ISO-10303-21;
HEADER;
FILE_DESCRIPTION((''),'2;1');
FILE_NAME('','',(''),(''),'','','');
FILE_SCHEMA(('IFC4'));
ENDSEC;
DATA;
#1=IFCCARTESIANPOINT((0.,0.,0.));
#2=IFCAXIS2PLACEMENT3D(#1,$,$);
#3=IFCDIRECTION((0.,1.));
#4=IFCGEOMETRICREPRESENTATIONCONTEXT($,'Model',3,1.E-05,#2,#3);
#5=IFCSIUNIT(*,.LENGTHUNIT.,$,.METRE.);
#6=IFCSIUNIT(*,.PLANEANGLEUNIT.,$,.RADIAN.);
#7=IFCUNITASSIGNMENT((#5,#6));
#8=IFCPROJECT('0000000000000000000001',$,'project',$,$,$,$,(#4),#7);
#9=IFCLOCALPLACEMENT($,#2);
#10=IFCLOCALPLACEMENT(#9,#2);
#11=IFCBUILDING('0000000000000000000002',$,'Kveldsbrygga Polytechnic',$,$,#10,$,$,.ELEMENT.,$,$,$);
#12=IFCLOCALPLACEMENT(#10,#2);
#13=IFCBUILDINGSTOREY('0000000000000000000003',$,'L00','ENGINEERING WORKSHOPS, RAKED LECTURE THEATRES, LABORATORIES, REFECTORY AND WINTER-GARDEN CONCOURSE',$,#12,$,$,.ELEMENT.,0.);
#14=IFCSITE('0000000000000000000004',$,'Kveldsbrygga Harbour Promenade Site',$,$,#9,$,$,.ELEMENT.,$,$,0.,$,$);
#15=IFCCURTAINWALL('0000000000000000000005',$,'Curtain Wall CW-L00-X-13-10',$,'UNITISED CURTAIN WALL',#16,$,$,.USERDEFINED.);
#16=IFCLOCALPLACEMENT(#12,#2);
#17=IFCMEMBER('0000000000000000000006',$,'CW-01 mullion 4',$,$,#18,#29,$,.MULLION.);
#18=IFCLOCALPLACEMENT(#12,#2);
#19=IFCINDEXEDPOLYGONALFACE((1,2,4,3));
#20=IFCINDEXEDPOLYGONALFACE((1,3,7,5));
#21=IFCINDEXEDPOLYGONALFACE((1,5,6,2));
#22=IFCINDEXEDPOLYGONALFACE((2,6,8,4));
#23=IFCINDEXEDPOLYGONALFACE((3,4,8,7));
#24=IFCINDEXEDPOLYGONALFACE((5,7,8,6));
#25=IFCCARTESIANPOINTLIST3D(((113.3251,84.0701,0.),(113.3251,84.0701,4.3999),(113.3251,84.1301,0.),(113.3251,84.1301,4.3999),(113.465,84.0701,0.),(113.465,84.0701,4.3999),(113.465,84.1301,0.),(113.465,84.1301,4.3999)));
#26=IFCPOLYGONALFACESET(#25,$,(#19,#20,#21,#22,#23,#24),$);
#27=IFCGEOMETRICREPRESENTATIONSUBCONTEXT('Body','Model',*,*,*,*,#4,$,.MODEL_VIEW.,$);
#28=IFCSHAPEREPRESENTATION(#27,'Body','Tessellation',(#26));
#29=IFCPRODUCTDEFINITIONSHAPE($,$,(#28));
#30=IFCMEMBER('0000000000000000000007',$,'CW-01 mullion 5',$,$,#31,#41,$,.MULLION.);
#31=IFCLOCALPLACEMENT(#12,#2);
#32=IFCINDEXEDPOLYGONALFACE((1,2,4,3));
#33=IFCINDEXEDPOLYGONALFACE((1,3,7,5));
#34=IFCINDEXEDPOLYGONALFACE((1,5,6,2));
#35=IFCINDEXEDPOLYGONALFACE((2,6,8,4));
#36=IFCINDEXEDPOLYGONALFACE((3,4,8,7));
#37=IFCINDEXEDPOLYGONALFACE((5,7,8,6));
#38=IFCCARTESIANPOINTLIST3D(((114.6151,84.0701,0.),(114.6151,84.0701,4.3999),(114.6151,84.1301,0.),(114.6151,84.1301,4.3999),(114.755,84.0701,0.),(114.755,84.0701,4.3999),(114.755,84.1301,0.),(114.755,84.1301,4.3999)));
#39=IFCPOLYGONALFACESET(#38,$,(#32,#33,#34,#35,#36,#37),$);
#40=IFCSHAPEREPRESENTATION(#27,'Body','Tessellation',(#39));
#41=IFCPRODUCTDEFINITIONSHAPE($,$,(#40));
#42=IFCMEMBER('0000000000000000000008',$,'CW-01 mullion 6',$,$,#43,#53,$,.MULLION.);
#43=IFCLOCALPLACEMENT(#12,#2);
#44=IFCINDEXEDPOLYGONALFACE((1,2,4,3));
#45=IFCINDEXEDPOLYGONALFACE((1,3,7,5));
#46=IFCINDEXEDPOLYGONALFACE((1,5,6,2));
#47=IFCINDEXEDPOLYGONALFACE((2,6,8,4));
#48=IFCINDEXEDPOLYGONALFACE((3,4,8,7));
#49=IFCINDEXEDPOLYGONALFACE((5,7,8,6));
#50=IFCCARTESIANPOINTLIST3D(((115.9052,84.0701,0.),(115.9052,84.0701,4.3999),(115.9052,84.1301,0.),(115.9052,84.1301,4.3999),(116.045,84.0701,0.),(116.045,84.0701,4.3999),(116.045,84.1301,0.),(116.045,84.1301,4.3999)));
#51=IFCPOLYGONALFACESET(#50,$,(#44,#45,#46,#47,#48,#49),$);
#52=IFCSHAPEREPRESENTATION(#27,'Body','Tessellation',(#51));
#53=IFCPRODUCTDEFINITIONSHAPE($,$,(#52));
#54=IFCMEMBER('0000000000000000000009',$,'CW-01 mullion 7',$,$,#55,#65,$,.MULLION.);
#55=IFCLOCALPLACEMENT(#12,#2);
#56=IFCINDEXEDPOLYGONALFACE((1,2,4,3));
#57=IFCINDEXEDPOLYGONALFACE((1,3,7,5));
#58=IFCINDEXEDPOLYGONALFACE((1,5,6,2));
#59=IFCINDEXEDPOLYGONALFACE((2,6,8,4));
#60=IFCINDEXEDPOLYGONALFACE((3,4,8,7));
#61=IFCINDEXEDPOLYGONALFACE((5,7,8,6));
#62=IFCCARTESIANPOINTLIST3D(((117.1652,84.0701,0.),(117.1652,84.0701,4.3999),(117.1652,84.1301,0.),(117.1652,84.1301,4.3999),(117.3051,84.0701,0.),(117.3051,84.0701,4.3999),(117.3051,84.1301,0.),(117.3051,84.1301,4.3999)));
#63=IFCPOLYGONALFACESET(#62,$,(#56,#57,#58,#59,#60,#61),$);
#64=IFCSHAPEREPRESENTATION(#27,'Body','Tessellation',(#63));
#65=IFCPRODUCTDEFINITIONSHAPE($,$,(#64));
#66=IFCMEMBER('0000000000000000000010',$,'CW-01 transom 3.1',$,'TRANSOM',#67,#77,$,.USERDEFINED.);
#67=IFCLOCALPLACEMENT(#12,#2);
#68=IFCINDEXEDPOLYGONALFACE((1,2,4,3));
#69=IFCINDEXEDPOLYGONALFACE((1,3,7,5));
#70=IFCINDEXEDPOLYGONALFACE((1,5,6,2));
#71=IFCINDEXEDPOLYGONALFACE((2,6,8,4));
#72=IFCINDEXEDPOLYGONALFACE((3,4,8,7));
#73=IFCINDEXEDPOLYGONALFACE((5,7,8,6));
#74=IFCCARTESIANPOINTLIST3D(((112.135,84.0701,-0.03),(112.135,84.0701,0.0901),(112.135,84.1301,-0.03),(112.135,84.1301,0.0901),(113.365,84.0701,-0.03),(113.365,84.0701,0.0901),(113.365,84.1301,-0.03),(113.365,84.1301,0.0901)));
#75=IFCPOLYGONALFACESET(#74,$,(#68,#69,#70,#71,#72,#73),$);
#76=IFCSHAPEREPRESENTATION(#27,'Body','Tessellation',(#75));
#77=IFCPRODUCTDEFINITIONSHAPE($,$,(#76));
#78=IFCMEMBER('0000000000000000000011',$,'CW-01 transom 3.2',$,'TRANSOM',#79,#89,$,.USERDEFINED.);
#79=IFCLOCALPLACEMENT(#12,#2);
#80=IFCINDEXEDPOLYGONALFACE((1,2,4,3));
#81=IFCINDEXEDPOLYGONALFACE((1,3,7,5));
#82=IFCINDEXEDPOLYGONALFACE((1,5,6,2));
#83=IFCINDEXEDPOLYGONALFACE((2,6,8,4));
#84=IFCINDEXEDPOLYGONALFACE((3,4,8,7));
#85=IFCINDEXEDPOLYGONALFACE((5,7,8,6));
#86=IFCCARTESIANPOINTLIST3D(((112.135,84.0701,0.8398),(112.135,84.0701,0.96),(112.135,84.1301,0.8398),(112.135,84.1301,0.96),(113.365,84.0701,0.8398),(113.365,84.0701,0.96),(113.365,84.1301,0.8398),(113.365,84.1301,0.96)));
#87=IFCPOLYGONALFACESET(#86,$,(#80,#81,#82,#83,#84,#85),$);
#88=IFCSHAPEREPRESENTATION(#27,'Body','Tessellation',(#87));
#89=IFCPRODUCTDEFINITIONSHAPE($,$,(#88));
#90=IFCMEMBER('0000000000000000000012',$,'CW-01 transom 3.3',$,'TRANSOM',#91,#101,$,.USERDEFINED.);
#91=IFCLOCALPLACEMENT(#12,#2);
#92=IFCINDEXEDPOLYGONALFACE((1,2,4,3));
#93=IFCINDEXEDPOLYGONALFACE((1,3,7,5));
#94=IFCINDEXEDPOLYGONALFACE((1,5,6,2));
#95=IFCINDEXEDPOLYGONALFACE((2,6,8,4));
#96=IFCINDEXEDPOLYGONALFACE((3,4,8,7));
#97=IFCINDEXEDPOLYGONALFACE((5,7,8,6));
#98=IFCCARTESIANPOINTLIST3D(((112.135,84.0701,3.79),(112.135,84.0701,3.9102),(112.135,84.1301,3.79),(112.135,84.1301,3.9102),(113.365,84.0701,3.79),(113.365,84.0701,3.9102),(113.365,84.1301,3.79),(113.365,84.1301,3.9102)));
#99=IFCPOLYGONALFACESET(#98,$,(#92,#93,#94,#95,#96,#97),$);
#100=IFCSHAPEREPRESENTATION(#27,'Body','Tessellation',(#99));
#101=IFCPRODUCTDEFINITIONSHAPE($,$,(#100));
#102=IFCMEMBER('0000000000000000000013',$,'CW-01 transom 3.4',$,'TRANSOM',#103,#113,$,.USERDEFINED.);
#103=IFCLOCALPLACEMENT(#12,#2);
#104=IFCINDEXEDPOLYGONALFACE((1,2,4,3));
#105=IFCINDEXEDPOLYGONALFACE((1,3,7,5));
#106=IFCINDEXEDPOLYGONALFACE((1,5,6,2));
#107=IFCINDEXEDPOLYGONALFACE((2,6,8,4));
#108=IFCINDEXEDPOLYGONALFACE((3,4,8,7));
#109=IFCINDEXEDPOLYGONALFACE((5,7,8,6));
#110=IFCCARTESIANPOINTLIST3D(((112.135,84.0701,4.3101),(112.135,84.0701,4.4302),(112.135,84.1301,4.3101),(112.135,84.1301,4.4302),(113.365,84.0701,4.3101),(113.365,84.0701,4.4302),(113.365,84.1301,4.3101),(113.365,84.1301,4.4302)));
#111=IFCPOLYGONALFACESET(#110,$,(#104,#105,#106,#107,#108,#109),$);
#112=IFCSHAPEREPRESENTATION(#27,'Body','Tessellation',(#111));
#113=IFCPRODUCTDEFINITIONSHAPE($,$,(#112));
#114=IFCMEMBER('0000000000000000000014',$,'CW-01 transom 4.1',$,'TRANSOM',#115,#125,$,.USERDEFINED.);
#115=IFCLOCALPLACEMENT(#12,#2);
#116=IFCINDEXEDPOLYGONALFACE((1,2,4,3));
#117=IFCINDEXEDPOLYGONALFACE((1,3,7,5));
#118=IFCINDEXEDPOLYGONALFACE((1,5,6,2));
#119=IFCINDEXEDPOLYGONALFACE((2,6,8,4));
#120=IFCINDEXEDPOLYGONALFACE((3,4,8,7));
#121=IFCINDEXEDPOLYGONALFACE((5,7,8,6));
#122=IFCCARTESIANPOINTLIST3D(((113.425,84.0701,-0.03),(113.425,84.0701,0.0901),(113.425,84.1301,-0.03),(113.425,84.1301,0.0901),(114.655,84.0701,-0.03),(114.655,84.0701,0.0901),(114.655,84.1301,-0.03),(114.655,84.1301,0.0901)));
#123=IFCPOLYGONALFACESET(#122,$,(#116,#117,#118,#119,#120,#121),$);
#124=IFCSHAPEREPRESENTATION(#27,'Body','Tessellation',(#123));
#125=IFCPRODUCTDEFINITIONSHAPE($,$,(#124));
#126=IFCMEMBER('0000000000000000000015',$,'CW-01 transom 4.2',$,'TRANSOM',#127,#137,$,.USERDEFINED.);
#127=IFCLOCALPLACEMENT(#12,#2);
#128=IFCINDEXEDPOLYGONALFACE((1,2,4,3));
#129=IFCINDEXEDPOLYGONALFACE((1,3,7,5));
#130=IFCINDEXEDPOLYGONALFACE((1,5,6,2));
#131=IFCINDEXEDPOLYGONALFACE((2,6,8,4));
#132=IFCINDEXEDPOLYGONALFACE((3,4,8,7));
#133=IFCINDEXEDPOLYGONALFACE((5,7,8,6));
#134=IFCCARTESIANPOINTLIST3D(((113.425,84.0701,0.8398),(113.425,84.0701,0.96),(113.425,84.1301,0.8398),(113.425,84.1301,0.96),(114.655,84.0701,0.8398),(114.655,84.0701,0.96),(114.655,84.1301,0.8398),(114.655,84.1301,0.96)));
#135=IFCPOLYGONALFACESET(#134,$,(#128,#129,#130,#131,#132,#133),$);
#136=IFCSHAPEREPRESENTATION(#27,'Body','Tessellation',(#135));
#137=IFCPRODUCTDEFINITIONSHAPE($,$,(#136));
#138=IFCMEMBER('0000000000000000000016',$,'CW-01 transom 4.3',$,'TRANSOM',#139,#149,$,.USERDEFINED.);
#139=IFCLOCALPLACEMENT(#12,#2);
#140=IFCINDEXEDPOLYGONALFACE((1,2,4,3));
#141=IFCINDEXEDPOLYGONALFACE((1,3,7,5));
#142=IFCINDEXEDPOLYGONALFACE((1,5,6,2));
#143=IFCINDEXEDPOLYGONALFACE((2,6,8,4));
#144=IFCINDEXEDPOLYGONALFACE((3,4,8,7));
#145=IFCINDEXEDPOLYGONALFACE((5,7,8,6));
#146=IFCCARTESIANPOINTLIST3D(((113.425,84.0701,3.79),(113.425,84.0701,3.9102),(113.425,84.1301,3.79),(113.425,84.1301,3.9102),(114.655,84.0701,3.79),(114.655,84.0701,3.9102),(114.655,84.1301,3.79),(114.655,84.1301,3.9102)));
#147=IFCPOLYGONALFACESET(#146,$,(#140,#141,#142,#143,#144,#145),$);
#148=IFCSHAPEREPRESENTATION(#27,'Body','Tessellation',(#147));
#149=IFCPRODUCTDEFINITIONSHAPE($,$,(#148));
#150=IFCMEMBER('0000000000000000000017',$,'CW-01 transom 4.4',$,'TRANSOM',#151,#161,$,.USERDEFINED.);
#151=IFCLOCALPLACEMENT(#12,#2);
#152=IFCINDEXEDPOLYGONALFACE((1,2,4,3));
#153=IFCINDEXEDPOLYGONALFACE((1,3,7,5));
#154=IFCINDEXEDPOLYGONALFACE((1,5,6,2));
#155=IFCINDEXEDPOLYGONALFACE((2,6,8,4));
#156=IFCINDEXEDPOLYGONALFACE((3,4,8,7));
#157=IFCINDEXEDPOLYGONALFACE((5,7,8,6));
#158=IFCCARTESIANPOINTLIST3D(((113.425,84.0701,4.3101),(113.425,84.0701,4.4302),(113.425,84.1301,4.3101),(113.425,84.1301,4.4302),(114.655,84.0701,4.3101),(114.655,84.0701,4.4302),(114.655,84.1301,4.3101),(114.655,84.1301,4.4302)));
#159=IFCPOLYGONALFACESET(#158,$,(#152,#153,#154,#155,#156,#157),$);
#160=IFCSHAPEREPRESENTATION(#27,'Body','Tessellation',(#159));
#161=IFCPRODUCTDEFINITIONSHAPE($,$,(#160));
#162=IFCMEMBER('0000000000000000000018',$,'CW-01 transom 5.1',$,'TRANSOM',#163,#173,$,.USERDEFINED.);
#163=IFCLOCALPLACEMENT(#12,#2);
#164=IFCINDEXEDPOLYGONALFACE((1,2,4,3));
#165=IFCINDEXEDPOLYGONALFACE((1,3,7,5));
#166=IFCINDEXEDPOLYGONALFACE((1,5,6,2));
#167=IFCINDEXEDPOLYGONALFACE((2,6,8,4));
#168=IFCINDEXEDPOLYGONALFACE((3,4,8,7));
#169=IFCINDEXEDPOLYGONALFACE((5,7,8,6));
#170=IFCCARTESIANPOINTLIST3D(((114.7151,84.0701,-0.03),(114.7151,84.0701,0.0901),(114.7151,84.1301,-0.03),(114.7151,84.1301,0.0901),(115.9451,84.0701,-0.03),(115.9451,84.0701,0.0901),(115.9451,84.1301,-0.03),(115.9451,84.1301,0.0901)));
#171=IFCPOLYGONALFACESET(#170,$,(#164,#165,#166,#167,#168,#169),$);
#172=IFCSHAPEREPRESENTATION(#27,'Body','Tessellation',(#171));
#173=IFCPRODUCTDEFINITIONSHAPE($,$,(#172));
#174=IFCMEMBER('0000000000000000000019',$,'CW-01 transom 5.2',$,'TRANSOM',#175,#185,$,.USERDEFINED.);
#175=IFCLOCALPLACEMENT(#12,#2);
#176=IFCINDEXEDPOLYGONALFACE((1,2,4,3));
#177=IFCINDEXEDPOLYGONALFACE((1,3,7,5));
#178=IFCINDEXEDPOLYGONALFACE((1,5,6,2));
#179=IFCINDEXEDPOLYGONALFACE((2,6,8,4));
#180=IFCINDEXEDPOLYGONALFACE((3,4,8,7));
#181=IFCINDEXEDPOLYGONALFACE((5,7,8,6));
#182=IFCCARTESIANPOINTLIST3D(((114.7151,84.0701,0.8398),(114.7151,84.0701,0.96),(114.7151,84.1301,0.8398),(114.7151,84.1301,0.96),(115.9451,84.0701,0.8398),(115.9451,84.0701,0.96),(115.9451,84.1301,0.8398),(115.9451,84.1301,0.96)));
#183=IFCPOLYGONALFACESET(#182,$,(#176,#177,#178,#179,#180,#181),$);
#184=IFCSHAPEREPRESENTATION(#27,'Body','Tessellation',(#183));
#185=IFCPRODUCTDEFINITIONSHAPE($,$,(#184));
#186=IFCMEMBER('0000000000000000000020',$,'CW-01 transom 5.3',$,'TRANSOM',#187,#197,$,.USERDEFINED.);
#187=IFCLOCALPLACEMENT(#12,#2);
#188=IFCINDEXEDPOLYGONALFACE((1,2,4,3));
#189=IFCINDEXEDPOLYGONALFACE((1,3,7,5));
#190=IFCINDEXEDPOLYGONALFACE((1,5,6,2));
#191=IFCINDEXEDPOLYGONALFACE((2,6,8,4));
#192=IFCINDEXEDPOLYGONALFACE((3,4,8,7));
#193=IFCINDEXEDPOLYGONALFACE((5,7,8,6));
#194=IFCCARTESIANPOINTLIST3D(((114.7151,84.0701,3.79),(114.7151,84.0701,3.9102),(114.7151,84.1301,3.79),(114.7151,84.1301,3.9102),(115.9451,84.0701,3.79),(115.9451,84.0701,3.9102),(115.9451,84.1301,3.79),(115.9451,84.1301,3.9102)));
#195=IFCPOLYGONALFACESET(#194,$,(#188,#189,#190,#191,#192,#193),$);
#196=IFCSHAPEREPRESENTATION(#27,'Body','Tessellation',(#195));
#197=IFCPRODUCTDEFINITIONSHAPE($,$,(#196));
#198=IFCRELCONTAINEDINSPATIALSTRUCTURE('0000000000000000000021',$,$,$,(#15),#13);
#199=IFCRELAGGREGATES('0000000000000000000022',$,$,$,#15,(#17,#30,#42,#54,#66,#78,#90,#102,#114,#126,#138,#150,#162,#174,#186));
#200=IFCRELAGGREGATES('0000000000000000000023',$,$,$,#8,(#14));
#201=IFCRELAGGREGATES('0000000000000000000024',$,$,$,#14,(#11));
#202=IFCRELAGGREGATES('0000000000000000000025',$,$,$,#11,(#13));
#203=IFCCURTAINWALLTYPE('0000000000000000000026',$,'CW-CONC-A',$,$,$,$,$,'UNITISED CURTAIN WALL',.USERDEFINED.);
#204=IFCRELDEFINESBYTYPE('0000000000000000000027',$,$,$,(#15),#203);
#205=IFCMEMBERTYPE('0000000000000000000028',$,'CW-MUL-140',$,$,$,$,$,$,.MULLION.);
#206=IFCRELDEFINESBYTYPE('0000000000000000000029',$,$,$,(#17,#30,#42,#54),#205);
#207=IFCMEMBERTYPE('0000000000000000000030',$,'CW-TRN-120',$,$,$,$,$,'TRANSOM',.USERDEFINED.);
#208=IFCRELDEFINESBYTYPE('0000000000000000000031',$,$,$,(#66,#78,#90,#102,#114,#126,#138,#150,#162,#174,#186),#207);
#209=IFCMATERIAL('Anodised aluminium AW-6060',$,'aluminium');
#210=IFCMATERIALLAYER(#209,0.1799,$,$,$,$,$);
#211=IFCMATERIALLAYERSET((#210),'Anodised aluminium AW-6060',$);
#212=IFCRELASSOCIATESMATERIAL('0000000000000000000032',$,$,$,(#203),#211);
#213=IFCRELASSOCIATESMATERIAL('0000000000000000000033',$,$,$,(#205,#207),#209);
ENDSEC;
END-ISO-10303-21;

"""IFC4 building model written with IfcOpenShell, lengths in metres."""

from ifc_helpers import new_model, si_unit, direction, frame, origin, origin_2d, place, context, subcontext, project, spatial, rectangle, extrude, material, layer, layer_set, material_profile, profile_set, type_object, element, aggregate, save


model = new_model("IFC4")

# Units and contexts
model_context = context("Model", 3, precision=1e-05, world=origin(), true_north=direction((0.0, 1.0)))
body_context = subcontext(model_context, "Body", "Model", "MODEL_VIEW")
ifc_project = project(units=[si_unit("LENGTHUNIT", "METRE"), si_unit("PLANEANGLEUNIT", "RADIAN")], contexts=[model_context])

# Site, building, storey
site_placement = place(None, origin())
site = spatial("IfcSite", under=ifc_project, at=site_placement, Name="Kveldsbrygga Harbour Promenade Site", CompositionType="ELEMENT", RefElevation=0.0)
building_placement = place(site_placement, origin())
building = spatial("IfcBuilding", under=site, at=building_placement, Name="Kveldsbrygga Polytechnic", CompositionType="ELEMENT")
storey_placement = place(building_placement, origin())
storey = spatial("IfcBuildingStorey", under=building, at=storey_placement, Name="L00", Description="ENGINEERING WORKSHOPS, RAKED LECTURE THEATRES, LABORATORIES, REFECTORY AND WINTER-GARDEN CONCOURSE", CompositionType="ELEMENT", Elevation=0.0)

# Curtain wall, members
ifc_material_1 = material(Name="Anodised aluminium AW-6060", Category="aluminium")
ifc_layer_1 = layer(ifc_material_1, 0.1799)
ifc_layer_set_1 = layer_set([ifc_layer_1], Name="Anodised aluminium AW-6060")
curtain_wall_type = type_object("IfcCurtainWallType", Name="CW-CONC-A", ElementType="UNITISED CURTAIN WALL", PredefinedType="USERDEFINED", material=ifc_layer_set_1)
curtain_wall_placement = place(storey_placement, origin())
curtain_wall = element("IfcCurtainWall", 1, at=curtain_wall_placement, inside=storey, type_object=curtain_wall_type, Name="Curtain Wall CW-L00-X-13-10", ObjectType="UNITISED CURTAIN WALL", PredefinedType="USERDEFINED")
ifc_material_profile_1 = material_profile(ifc_material_1, rectangle(XDim=0.0601, YDim=0.1399, at=origin_2d()), Name="ALU 60x140")
ifc_profile_set_1 = profile_set([ifc_material_profile_1], Name="Anodised aluminium AW-6060")
member_type_1 = type_object("IfcMemberType", Name="CW-MUL-140", PredefinedType="MULLION", material=ifc_profile_set_1)
member_1_placement = place(storey_placement, frame((113.395, 84.1001, 0.0), z_axis=(0.0, 0.0, 1.0), x_axis=(0.0, 1.0, 0.0)))
member_1 = element("IfcMember", 2, at=member_1_placement, type_object=member_type_1, Name="CW-01 mullion 4", PredefinedType="MULLION", context=body_context, shape_type="SweptSolid", body=[
    extrude(rectangle(XDim=0.0601, YDim=0.1399, at=origin_2d()), origin(), (0.0, 0.0, 1.0), 4.3999),
])
member_2_placement = place(storey_placement, frame((114.6851, 84.1001, 0.0), z_axis=(0.0, 0.0, 1.0), x_axis=(0.0, 1.0, 0.0)))
member_2 = element("IfcMember", 3, at=member_2_placement, type_object=member_type_1, Name="CW-01 mullion 5", PredefinedType="MULLION", context=body_context, shape_type="SweptSolid", body=[
    extrude(rectangle(XDim=0.0601, YDim=0.1399, at=origin_2d()), origin(), (0.0, 0.0, 1.0), 4.3999),
])
member_3_placement = place(storey_placement, frame((115.9751, 84.1001, 0.0), z_axis=(0.0, 0.0, 1.0), x_axis=(0.0, 1.0, 0.0)))
member_3 = element("IfcMember", 4, at=member_3_placement, type_object=member_type_1, Name="CW-01 mullion 6", PredefinedType="MULLION", context=body_context, shape_type="SweptSolid", body=[
    extrude(rectangle(XDim=0.0601, YDim=0.1399, at=origin_2d()), origin(), (0.0, 0.0, 1.0), 4.3999),
])
member_4_placement = place(storey_placement, frame((117.2351, 84.1001, 0.0), z_axis=(0.0, 0.0, 1.0), x_axis=(0.0, 1.0, 0.0)))
member_4 = element("IfcMember", 5, at=member_4_placement, type_object=member_type_1, Name="CW-01 mullion 7", PredefinedType="MULLION", context=body_context, shape_type="SweptSolid", body=[
    extrude(rectangle(XDim=0.0601, YDim=0.1399, at=origin_2d()), origin(), (0.0, 0.0, 1.0), 4.3999),
])
ifc_material_profile_2 = material_profile(ifc_material_1, rectangle(XDim=0.0601, YDim=0.1201, at=origin_2d()), Name="ALU 60x120")
ifc_profile_set_2 = profile_set([ifc_material_profile_2], Name="Anodised aluminium AW-6060")
member_type_2 = type_object("IfcMemberType", Name="CW-TRN-120", ElementType="TRANSOM", PredefinedType="USERDEFINED", material=ifc_profile_set_2)
member_5_placement = place(storey_placement, frame((112.135, 84.1001, 0.03), z_axis=(1.0, 0.0, 0.0), x_axis=(0.0, 1.0, 0.0)))
member_5 = element("IfcMember", 6, at=member_5_placement, type_object=member_type_2, Name="CW-01 transom 3.1", ObjectType="TRANSOM", PredefinedType="USERDEFINED", context=body_context, shape_type="SweptSolid", body=[
    extrude(rectangle(XDim=0.0601, YDim=0.1201, at=origin_2d()), origin(), (0.0, 0.0, 1.0), 1.23),
])
member_6_placement = place(storey_placement, frame((112.135, 84.1001, 0.8999), z_axis=(1.0, 0.0, 0.0), x_axis=(0.0, 1.0, 0.0)))
member_6 = element("IfcMember", 7, at=member_6_placement, type_object=member_type_2, Name="CW-01 transom 3.2", ObjectType="TRANSOM", PredefinedType="USERDEFINED", context=body_context, shape_type="SweptSolid", body=[
    extrude(rectangle(XDim=0.0601, YDim=0.1201, at=origin_2d()), origin(), (0.0, 0.0, 1.0), 1.23),
])
member_7_placement = place(storey_placement, frame((112.135, 84.1001, 3.8501), z_axis=(1.0, 0.0, 0.0), x_axis=(0.0, 1.0, 0.0)))
member_7 = element("IfcMember", 8, at=member_7_placement, type_object=member_type_2, Name="CW-01 transom 3.3", ObjectType="TRANSOM", PredefinedType="USERDEFINED", context=body_context, shape_type="SweptSolid", body=[
    extrude(rectangle(XDim=0.0601, YDim=0.1201, at=origin_2d()), origin(), (0.0, 0.0, 1.0), 1.23),
])
member_8_placement = place(storey_placement, frame((112.135, 84.1001, 4.3701), z_axis=(1.0, 0.0, 0.0), x_axis=(0.0, 1.0, 0.0)))
member_8 = element("IfcMember", 9, at=member_8_placement, type_object=member_type_2, Name="CW-01 transom 3.4", ObjectType="TRANSOM", PredefinedType="USERDEFINED", context=body_context, shape_type="SweptSolid", body=[
    extrude(rectangle(XDim=0.0601, YDim=0.1201, at=origin_2d()), origin(), (0.0, 0.0, 1.0), 1.23),
])
member_9_placement = place(storey_placement, frame((113.425, 84.1001, 0.03), z_axis=(1.0, 0.0, 0.0), x_axis=(0.0, 1.0, 0.0)))
member_9 = element("IfcMember", 10, at=member_9_placement, type_object=member_type_2, Name="CW-01 transom 4.1", ObjectType="TRANSOM", PredefinedType="USERDEFINED", context=body_context, shape_type="SweptSolid", body=[
    extrude(rectangle(XDim=0.0601, YDim=0.1201, at=origin_2d()), origin(), (0.0, 0.0, 1.0), 1.23),
])
member_10_placement = place(storey_placement, frame((113.425, 84.1001, 0.8999), z_axis=(1.0, 0.0, 0.0), x_axis=(0.0, 1.0, 0.0)))
member_10 = element("IfcMember", 11, at=member_10_placement, type_object=member_type_2, Name="CW-01 transom 4.2", ObjectType="TRANSOM", PredefinedType="USERDEFINED", context=body_context, shape_type="SweptSolid", body=[
    extrude(rectangle(XDim=0.0601, YDim=0.1201, at=origin_2d()), origin(), (0.0, 0.0, 1.0), 1.23),
])
member_11_placement = place(storey_placement, frame((113.425, 84.1001, 3.8501), z_axis=(1.0, 0.0, 0.0), x_axis=(0.0, 1.0, 0.0)))
member_11 = element("IfcMember", 12, at=member_11_placement, type_object=member_type_2, Name="CW-01 transom 4.3", ObjectType="TRANSOM", PredefinedType="USERDEFINED", context=body_context, shape_type="SweptSolid", body=[
    extrude(rectangle(XDim=0.0601, YDim=0.1201, at=origin_2d()), origin(), (0.0, 0.0, 1.0), 1.23),
])
member_12_placement = place(storey_placement, frame((113.425, 84.1001, 4.3701), z_axis=(1.0, 0.0, 0.0), x_axis=(0.0, 1.0, 0.0)))
member_12 = element("IfcMember", 13, at=member_12_placement, type_object=member_type_2, Name="CW-01 transom 4.4", ObjectType="TRANSOM", PredefinedType="USERDEFINED", context=body_context, shape_type="SweptSolid", body=[
    extrude(rectangle(XDim=0.0601, YDim=0.1201, at=origin_2d()), origin(), (0.0, 0.0, 1.0), 1.23),
])
member_13_placement = place(storey_placement, frame((114.7151, 84.1001, 0.03), z_axis=(1.0, 0.0, 0.0), x_axis=(0.0, 1.0, 0.0)))
member_13 = element("IfcMember", 14, at=member_13_placement, type_object=member_type_2, Name="CW-01 transom 5.1", ObjectType="TRANSOM", PredefinedType="USERDEFINED", context=body_context, shape_type="SweptSolid", body=[
    extrude(rectangle(XDim=0.0601, YDim=0.1201, at=origin_2d()), origin(), (0.0, 0.0, 1.0), 1.23),
])
member_14_placement = place(storey_placement, frame((114.7151, 84.1001, 0.8999), z_axis=(1.0, 0.0, 0.0), x_axis=(0.0, 1.0, 0.0)))
member_14 = element("IfcMember", 15, at=member_14_placement, type_object=member_type_2, Name="CW-01 transom 5.2", ObjectType="TRANSOM", PredefinedType="USERDEFINED", context=body_context, shape_type="SweptSolid", body=[
    extrude(rectangle(XDim=0.0601, YDim=0.1201, at=origin_2d()), origin(), (0.0, 0.0, 1.0), 1.23),
])
member_15_placement = place(storey_placement, frame((114.7151, 84.1001, 3.8501), z_axis=(1.0, 0.0, 0.0), x_axis=(0.0, 1.0, 0.0)))
member_15 = element("IfcMember", 16, at=member_15_placement, type_object=member_type_2, Name="CW-01 transom 5.3", ObjectType="TRANSOM", PredefinedType="USERDEFINED", context=body_context, shape_type="SweptSolid", body=[
    extrude(rectangle(XDim=0.0601, YDim=0.1201, at=origin_2d()), origin(), (0.0, 0.0, 1.0), 1.23),
])
aggregate(curtain_wall, [member_1, member_2, member_3, member_4, member_5, member_6, member_7, member_8, member_9, member_10, member_11, member_12, member_13, member_14, member_15])

save(model, "model.ifc")
